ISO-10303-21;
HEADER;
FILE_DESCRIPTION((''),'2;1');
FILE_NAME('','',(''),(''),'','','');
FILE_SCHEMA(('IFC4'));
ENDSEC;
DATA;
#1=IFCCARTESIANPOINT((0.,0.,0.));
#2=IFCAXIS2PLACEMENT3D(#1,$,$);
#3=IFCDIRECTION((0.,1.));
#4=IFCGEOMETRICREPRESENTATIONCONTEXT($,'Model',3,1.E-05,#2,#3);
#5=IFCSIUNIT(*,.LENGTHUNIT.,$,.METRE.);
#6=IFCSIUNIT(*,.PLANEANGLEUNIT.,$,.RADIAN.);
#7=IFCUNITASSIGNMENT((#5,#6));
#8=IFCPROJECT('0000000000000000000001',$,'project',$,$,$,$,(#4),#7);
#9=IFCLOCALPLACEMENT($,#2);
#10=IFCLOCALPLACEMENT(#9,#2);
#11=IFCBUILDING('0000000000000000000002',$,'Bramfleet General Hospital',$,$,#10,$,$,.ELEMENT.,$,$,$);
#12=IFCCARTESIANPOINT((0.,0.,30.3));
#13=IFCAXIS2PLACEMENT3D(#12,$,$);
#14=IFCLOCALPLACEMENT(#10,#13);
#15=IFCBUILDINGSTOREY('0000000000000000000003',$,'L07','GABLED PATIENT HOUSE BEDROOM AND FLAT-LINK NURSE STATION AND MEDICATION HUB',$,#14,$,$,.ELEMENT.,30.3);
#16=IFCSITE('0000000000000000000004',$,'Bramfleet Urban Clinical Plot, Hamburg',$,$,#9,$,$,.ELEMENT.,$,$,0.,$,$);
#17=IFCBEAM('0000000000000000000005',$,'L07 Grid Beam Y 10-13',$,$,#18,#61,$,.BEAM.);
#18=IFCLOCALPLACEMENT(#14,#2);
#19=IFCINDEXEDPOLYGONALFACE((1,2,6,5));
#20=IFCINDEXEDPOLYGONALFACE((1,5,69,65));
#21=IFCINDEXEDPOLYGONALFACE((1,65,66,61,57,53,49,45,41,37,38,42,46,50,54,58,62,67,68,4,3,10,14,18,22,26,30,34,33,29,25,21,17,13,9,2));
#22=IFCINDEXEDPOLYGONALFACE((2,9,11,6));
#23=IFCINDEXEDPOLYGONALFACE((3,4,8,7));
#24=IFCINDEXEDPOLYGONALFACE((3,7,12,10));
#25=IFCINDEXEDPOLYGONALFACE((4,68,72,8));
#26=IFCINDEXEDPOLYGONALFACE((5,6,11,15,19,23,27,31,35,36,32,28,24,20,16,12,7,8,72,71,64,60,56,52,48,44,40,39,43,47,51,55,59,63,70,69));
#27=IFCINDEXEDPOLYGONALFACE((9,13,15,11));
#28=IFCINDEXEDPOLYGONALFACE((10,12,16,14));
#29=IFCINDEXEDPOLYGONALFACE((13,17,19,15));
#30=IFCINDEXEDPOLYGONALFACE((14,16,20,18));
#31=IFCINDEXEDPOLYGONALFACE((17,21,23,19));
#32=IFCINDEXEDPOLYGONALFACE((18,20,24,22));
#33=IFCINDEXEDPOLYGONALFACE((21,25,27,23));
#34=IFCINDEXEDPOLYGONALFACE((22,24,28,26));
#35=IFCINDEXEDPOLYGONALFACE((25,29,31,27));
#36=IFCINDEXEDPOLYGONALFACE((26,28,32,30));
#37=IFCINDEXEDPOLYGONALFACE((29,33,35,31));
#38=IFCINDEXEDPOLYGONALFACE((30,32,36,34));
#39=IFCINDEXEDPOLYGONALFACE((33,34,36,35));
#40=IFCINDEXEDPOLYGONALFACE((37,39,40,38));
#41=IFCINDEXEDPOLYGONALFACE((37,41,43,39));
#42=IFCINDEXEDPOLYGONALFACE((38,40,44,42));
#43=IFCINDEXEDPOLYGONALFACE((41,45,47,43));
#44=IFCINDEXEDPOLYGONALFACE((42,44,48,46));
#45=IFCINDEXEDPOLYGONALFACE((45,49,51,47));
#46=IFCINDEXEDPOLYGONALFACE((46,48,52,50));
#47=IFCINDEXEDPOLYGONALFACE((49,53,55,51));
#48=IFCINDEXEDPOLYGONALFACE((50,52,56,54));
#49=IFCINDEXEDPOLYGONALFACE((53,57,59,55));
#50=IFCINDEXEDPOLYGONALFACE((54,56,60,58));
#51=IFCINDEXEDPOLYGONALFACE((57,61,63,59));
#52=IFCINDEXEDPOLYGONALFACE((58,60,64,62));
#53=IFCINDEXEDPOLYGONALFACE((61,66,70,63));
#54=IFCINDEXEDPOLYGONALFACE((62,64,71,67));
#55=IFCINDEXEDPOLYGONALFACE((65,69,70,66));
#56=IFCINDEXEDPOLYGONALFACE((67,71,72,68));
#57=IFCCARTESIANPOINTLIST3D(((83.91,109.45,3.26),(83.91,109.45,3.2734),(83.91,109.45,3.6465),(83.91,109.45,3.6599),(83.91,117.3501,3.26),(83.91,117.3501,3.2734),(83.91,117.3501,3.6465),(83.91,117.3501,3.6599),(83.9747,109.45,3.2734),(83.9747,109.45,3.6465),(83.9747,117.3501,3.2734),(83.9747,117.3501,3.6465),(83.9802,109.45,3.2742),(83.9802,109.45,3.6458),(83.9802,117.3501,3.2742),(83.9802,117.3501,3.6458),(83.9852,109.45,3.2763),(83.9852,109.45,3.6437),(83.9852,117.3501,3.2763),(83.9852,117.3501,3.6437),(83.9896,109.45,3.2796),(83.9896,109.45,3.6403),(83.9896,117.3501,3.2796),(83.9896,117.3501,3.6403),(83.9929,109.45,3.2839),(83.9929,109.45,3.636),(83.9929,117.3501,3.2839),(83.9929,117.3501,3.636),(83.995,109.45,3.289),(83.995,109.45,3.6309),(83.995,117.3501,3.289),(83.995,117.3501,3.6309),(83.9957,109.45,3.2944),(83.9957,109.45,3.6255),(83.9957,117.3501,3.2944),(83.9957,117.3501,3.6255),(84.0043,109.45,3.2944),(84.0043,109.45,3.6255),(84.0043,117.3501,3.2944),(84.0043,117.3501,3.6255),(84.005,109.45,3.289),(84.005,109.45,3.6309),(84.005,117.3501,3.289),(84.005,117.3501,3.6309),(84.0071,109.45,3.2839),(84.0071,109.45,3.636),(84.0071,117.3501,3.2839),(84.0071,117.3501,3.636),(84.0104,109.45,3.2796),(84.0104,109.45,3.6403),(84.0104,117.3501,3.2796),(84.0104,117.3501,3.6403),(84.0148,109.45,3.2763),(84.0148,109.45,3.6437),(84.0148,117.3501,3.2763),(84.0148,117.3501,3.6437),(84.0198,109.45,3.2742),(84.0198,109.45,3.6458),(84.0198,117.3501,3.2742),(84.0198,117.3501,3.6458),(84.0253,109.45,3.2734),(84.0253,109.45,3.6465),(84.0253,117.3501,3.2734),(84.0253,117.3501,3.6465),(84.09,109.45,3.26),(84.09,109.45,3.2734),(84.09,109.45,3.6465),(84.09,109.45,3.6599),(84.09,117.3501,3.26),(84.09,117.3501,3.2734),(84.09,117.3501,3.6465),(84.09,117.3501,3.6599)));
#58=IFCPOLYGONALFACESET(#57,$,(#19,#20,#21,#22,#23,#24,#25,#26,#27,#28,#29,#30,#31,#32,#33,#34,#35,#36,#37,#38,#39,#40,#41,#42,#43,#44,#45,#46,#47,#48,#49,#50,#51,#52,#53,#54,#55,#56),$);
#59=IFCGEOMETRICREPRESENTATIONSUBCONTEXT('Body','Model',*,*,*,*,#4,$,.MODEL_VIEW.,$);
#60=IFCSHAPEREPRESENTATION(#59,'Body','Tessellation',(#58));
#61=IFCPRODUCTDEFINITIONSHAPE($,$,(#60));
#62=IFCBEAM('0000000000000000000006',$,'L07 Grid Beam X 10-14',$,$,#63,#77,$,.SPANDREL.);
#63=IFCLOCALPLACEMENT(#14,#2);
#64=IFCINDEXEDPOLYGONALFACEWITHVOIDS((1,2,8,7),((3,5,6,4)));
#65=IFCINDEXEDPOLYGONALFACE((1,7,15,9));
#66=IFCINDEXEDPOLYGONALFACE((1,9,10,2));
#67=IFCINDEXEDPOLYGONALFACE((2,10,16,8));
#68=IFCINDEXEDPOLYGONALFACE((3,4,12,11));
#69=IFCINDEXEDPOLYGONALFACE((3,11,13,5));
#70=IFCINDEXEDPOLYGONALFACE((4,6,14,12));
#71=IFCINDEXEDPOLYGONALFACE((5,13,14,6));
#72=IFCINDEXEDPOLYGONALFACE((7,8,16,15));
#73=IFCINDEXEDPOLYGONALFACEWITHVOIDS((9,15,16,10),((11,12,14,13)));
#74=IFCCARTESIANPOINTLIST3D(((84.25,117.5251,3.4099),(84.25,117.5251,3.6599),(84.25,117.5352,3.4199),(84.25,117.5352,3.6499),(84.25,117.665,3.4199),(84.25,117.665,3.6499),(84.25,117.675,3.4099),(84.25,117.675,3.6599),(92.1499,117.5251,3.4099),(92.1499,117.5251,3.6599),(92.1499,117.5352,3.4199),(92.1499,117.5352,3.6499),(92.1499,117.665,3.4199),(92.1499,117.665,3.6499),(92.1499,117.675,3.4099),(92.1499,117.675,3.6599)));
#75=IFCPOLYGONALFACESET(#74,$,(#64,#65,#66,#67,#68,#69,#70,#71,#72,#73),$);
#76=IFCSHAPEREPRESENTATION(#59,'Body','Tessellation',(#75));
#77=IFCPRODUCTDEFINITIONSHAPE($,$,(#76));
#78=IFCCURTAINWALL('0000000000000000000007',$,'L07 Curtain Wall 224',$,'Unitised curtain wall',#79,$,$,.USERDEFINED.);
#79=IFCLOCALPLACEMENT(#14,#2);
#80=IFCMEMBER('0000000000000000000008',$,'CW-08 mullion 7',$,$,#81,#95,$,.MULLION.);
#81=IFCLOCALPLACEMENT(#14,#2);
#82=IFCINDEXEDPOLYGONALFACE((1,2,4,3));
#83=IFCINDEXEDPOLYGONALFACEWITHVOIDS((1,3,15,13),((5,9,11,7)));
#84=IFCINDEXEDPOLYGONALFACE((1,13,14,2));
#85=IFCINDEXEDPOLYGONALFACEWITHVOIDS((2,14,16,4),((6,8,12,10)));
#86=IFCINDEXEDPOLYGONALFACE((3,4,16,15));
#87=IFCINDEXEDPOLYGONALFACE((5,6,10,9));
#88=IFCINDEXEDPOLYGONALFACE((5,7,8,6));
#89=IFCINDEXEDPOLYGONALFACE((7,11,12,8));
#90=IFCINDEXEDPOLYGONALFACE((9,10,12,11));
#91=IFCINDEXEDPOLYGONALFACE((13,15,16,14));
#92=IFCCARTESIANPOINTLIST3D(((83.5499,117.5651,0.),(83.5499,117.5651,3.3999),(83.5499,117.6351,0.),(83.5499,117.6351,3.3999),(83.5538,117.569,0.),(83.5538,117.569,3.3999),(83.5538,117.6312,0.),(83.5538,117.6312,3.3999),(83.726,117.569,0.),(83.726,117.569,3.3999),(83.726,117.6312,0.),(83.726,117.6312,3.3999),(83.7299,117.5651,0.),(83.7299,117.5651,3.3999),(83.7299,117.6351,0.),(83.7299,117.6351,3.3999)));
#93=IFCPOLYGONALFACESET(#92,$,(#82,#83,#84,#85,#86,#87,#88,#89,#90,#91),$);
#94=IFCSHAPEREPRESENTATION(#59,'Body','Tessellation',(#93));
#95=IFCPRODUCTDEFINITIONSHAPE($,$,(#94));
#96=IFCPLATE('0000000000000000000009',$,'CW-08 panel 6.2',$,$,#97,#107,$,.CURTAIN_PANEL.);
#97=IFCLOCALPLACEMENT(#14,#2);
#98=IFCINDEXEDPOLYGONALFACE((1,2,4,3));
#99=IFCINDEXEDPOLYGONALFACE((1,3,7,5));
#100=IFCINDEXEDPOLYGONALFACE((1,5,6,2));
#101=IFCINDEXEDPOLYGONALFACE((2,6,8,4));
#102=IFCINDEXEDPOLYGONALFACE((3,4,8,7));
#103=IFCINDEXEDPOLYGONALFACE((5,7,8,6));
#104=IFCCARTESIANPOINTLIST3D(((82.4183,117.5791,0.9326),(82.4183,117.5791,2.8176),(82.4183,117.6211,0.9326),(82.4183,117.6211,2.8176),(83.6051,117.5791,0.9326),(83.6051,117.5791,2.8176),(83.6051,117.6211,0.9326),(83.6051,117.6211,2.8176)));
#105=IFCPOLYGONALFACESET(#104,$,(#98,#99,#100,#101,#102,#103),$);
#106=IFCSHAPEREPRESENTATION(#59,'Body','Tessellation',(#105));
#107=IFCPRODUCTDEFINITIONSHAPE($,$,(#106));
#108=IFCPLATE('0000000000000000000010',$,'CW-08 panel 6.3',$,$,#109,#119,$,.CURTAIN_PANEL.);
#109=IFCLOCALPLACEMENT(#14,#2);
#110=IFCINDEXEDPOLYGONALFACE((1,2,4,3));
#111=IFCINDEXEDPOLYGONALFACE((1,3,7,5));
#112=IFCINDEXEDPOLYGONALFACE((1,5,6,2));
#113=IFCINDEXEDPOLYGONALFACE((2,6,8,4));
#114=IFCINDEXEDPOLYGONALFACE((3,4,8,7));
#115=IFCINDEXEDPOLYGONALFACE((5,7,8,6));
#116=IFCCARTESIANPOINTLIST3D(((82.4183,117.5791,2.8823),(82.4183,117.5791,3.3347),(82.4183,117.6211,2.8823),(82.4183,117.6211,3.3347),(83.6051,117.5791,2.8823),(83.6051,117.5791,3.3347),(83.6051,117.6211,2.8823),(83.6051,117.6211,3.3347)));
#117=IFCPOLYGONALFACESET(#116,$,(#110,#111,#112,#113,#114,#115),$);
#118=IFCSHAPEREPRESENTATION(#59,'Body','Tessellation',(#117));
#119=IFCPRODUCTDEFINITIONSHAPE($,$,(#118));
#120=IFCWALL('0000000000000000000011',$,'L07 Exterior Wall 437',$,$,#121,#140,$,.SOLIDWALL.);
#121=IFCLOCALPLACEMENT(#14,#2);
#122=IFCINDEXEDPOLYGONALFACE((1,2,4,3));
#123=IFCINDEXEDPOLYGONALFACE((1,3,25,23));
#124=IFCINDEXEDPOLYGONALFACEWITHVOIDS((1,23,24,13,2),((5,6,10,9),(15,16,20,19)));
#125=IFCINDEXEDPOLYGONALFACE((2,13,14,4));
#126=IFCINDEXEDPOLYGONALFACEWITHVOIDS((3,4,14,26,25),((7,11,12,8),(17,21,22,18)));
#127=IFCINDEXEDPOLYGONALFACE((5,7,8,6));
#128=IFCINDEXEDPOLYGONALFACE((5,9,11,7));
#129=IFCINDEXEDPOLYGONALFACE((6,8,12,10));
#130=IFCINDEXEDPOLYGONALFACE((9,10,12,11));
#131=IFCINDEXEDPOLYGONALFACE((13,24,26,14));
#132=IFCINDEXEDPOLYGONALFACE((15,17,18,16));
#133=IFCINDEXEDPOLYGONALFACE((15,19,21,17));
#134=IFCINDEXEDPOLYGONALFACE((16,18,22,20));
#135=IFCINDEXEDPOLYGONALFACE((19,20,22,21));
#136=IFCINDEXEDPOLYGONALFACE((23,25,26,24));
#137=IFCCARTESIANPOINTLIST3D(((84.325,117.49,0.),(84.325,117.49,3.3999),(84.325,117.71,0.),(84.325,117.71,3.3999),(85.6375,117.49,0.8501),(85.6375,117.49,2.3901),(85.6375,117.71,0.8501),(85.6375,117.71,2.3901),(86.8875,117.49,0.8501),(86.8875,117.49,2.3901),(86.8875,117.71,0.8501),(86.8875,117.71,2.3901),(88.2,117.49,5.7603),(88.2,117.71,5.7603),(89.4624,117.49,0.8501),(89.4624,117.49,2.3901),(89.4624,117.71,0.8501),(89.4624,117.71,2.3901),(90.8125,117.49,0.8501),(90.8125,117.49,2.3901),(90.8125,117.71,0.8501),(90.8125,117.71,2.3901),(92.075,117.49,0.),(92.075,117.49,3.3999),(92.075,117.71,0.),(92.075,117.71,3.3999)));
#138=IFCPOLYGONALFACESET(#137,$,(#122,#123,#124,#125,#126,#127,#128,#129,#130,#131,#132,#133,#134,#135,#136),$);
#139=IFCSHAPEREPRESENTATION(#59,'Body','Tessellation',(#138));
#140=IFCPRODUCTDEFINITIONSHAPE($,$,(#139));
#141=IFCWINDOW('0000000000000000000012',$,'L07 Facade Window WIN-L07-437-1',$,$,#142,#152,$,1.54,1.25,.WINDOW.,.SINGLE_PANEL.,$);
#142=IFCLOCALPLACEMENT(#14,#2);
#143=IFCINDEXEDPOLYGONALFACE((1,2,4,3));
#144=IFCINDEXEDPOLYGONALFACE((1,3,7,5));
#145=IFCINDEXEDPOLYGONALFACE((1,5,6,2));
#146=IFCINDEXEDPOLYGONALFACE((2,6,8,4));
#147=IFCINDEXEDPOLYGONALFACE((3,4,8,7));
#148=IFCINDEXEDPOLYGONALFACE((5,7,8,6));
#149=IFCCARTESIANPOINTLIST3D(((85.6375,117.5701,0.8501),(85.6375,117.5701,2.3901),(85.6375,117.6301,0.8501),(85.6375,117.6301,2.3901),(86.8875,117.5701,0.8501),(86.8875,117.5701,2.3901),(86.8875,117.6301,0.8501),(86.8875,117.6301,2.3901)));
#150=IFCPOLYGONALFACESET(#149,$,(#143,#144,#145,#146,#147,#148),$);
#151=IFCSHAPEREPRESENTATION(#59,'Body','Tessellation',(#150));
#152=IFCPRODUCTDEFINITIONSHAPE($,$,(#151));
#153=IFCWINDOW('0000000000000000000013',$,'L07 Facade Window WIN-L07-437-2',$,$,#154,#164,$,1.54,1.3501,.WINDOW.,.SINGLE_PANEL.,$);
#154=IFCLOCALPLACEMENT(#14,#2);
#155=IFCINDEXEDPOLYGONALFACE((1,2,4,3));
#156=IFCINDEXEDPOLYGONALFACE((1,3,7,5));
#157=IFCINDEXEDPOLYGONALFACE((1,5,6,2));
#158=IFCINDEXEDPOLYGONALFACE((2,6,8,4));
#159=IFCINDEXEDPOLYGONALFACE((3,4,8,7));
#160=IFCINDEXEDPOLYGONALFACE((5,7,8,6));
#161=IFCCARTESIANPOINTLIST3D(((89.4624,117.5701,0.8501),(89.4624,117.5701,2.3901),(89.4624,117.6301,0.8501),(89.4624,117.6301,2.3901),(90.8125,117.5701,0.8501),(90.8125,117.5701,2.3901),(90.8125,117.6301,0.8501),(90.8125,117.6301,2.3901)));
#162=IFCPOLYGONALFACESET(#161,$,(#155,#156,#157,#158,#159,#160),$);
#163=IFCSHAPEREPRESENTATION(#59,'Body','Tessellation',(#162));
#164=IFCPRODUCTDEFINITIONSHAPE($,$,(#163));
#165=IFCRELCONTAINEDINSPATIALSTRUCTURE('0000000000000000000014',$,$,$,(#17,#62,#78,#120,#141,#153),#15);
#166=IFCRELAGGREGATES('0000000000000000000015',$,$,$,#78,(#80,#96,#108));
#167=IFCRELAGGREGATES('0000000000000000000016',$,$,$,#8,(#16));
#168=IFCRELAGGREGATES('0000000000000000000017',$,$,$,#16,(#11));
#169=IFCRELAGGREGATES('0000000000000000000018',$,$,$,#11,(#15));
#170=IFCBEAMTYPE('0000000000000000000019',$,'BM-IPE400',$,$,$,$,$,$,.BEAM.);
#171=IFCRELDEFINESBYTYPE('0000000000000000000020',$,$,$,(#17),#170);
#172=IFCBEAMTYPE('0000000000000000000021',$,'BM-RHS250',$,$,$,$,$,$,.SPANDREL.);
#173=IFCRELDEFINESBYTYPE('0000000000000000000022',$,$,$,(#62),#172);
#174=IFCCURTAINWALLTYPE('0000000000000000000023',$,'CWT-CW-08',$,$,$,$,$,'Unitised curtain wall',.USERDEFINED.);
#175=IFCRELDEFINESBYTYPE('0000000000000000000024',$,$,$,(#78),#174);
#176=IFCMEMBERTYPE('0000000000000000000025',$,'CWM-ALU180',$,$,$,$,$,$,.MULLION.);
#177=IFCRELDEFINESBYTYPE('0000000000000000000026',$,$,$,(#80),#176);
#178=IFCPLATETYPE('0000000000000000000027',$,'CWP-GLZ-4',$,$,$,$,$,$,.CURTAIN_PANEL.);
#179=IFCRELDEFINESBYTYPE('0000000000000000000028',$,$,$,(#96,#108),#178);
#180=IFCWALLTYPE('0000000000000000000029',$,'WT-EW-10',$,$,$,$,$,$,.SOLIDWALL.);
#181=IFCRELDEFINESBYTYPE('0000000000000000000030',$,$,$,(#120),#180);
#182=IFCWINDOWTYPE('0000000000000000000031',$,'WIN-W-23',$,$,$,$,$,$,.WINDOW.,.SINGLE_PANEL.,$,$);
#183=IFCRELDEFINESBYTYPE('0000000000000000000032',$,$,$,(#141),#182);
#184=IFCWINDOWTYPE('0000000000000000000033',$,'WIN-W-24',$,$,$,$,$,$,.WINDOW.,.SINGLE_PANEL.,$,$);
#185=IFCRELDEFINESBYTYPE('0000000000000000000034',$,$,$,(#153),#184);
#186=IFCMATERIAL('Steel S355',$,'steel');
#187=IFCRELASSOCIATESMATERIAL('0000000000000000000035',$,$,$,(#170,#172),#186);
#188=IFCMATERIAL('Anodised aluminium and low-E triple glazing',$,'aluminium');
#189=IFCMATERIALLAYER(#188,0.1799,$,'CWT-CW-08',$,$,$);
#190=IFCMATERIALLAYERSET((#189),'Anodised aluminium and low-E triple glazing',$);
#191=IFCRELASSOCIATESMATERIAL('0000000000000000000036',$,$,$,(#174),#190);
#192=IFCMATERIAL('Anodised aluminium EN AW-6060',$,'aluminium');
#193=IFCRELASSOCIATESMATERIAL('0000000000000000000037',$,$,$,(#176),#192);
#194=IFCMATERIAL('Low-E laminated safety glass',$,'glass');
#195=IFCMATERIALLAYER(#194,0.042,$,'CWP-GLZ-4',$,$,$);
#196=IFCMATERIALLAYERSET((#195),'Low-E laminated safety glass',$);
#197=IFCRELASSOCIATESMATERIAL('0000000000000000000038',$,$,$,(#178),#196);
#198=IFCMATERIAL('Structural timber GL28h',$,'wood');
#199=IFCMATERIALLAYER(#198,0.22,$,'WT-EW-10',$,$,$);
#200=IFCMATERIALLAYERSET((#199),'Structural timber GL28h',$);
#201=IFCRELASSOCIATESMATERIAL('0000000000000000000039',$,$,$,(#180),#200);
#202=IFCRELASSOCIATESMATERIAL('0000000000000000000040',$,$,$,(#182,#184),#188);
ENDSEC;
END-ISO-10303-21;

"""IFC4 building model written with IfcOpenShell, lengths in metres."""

from ifc_helpers import new_model, si_unit, direction, frame, frame_2d, origin, origin_2d, place, context, subcontext, project, spatial, polyline, rectangle, hollow_rectangle, i_section, outline, extrude, material, layer, layer_set, material_profile, profile_set, type_object, element, fill, aggregate, save


model = new_model("IFC4")

# Units and contexts
model_context = context("Model", 3, precision=1e-05, world=origin(), true_north=direction((0.0, 1.0)))
body_context = subcontext(model_context, "Body", "Model", "MODEL_VIEW")
ifc_project = project(units=[si_unit("LENGTHUNIT", "METRE"), si_unit("PLANEANGLEUNIT", "RADIAN")], contexts=[model_context])

# Site, building, storey
site_placement = place(None, origin())
site = spatial("IfcSite", under=ifc_project, at=site_placement, Name="Bramfleet Urban Clinical Plot, Hamburg", CompositionType="ELEMENT", RefElevation=0.0)
building_placement = place(site_placement, origin())
building = spatial("IfcBuilding", under=site, at=building_placement, Name="Bramfleet General Hospital", CompositionType="ELEMENT")
storey_placement = place(building_placement, frame((0.0, 0.0, 30.3)))
storey = spatial("IfcBuildingStorey", under=building, at=storey_placement, Name="L07", Description="GABLED PATIENT HOUSE BEDROOM AND FLAT-LINK NURSE STATION AND MEDICATION HUB", CompositionType="ELEMENT", Elevation=30.3)

# Beams
ifc_material_1 = material(Name="Steel S355", Category="steel")
ifc_material_profile_1 = material_profile(ifc_material_1, i_section(OverallWidth=0.1799, OverallDepth=0.3999, WebThickness=0.0085, FlangeThickness=0.0134, FilletRadius=0.021, at=origin_2d()), Name="IPE 400")
ifc_profile_set_1 = profile_set([ifc_material_profile_1], Name="Steel S355")
beam_type_1 = type_object("IfcBeamType", Name="BM-IPE400", PredefinedType="BEAM", material=ifc_profile_set_1)
beam_1_placement = place(storey_placement, frame((84.0, 109.45, 3.46), z_axis=(0.0, 1.0, 0.0), x_axis=(-1.0, 0.0, 0.0)))
element("IfcBeam", 1, at=beam_1_placement, inside=storey, type_object=beam_type_1, Name="L07 Grid Beam Y 10-13", PredefinedType="BEAM", context=body_context, shape_type="SweptSolid", body=[
    extrude(i_section(OverallWidth=0.1799, OverallDepth=0.3999, WebThickness=0.0085, FlangeThickness=0.0134, FilletRadius=0.021, at=origin_2d()), origin(), (0.0, 0.0, 1.0), 7.9001),
])
ifc_material_profile_2 = material_profile(ifc_material_1, hollow_rectangle(XDim=0.1499, YDim=0.25, WallThickness=0.01, at=origin_2d()), Name="RHS 250x150x10.0")
ifc_profile_set_2 = profile_set([ifc_material_profile_2], Name="Steel S355")
beam_type_2 = type_object("IfcBeamType", Name="BM-RHS250", PredefinedType="SPANDREL", material=ifc_profile_set_2)
beam_2_placement = place(storey_placement, frame((84.25, 117.6001, 3.5349), z_axis=(1.0, 0.0, 0.0), x_axis=(0.0, 1.0, 0.0)))
element("IfcBeam", 2, at=beam_2_placement, inside=storey, type_object=beam_type_2, Name="L07 Grid Beam X 10-14", PredefinedType="SPANDREL", context=body_context, shape_type="SweptSolid", body=[
    extrude(hollow_rectangle(XDim=0.1499, YDim=0.25, WallThickness=0.01, at=origin_2d()), origin(), (0.0, 0.0, 1.0), 7.8999),
])

# Curtain wall, member, plates
ifc_material_2 = material(Name="Anodised aluminium and low-E triple glazing", Category="aluminium")
ifc_layer_1 = layer(ifc_material_2, 0.1799, Name="CWT-CW-08")
ifc_layer_set_1 = layer_set([ifc_layer_1], Name="Anodised aluminium and low-E triple glazing")
curtain_wall_type = type_object("IfcCurtainWallType", Name="CWT-CW-08", ElementType="Unitised curtain wall", PredefinedType="USERDEFINED", material=ifc_layer_set_1)
curtain_wall_placement = place(storey_placement, origin())
curtain_wall = element("IfcCurtainWall", 3, at=curtain_wall_placement, inside=storey, type_object=curtain_wall_type, Name="L07 Curtain Wall 224", ObjectType="Unitised curtain wall", PredefinedType="USERDEFINED")
ifc_material_3 = material(Name="Anodised aluminium EN AW-6060", Category="aluminium")
ifc_material_profile_3 = material_profile(ifc_material_3, hollow_rectangle(XDim=0.0701, YDim=0.1799, WallThickness=0.0039, at=origin_2d()), Name="ALU 180x70x4.0")
ifc_profile_set_3 = profile_set([ifc_material_profile_3], Name="Anodised aluminium EN AW-6060")
member_type = type_object("IfcMemberType", Name="CWM-ALU180", PredefinedType="MULLION", material=ifc_profile_set_3)
member_placement = place(storey_placement, frame((83.6399, 117.6001, 0.0), z_axis=(0.0, 0.0, 1.0), x_axis=(0.0, 1.0, 0.0)))
member = element("IfcMember", 4, at=member_placement, type_object=member_type, Name="CW-08 mullion 7", PredefinedType="MULLION", context=body_context, shape_type="SweptSolid", body=[
    extrude(hollow_rectangle(XDim=0.0701, YDim=0.1799, WallThickness=0.0039, at=origin_2d()), origin(), (0.0, 0.0, 1.0), 3.3999),
])
ifc_material_4 = material(Name="Low-E laminated safety glass", Category="glass")
ifc_layer_2 = layer(ifc_material_4, 0.042, Name="CWP-GLZ-4")
ifc_layer_set_2 = layer_set([ifc_layer_2], Name="Low-E laminated safety glass")
plate_type = type_object("IfcPlateType", Name="CWP-GLZ-4", PredefinedType="CURTAIN_PANEL", material=ifc_layer_set_2)
plate_1_placement = place(storey_placement, frame((83.0117, 117.6001, 0.9326), z_axis=(0.0, 0.0, 1.0), x_axis=(1.0, 0.0, 0.0)))
plate_1 = element("IfcPlate", 5, at=plate_1_placement, type_object=plate_type, Name="CW-08 panel 6.2", PredefinedType="CURTAIN_PANEL", context=body_context, shape_type="SweptSolid", body=[
    extrude(rectangle(XDim=1.1868, YDim=0.042, at=origin_2d()), origin(), (0.0, 0.0, 1.0), 1.885),
])
plate_2_placement = place(storey_placement, frame((83.0117, 117.6001, 2.8823), z_axis=(0.0, 0.0, 1.0), x_axis=(1.0, 0.0, 0.0)))
plate_2 = element("IfcPlate", 6, at=plate_2_placement, type_object=plate_type, Name="CW-08 panel 6.3", PredefinedType="CURTAIN_PANEL", context=body_context, shape_type="SweptSolid", body=[
    extrude(rectangle(XDim=1.1868, YDim=0.042, at=origin_2d()), origin(), (0.0, 0.0, 1.0), 0.4524),
])
aggregate(curtain_wall, [member, plate_1, plate_2])

# Wall, openings, windows
ifc_material_5 = material(Name="Structural timber GL28h", Category="wood")
ifc_layer_3 = layer(ifc_material_5, 0.22, Name="WT-EW-10")
ifc_layer_set_3 = layer_set([ifc_layer_3], Name="Structural timber GL28h")
wall_type_1 = type_object("IfcWallType", Name="WT-EW-10", PredefinedType="SOLIDWALL", material=ifc_layer_set_3)
wall_1_placement = place(storey_placement, frame((84.325, 117.6001, 0.0), z_axis=(0.0, 0.0, 1.0), x_axis=(1.0, 0.0, 0.0)))
wall_1 = element("IfcWall", 7, at=wall_1_placement, inside=storey, type_object=wall_type_1, Name="L07 Exterior Wall 437", PredefinedType="SOLIDWALL", context=body_context, shape_type="SweptSolid", body=[
    extrude(outline(polyline([(0.0, 0.0), (7.75, 0.0), (7.75, 3.3999), (3.875, 5.7603), (0.0, 3.3999), (0.0, 0.0)])), frame((0.0, 0.1099, 0.0), z_axis=(0.0, -1.0, 0.0), x_axis=(1.0, 0.0, 0.0)), (0.0, 0.0, 1.0), 0.22),
])
opening_1_placement = place(wall_1_placement, frame((1.3125, 0.0, 0.8501)))
opening_1 = element("IfcOpeningElement", 8, at=opening_1_placement, cuts=wall_1, PredefinedType="OPENING", context=body_context, shape_type="SweptSolid", body=[
    extrude(rectangle(XDim=1.25, YDim=1.54, at=frame_2d((0.625, 0.77))), frame((0.0, 0.1199, 0.0), z_axis=(0.0, -1.0, 0.0), x_axis=(1.0, 0.0, 0.0)), (0.0, 0.0, 1.0), 0.24),
])
opening_2_placement = place(wall_1_placement, frame((5.1375, 0.0, 0.8501)))
opening_2 = element("IfcOpeningElement", 9, at=opening_2_placement, cuts=wall_1, PredefinedType="OPENING", context=body_context, shape_type="SweptSolid", body=[
    extrude(rectangle(XDim=1.3501, YDim=1.54, at=frame_2d((0.675, 0.77))), frame((0.0, 0.1199, 0.0), z_axis=(0.0, -1.0, 0.0), x_axis=(1.0, 0.0, 0.0)), (0.0, 0.0, 1.0), 0.24),
])
window_type_1 = type_object("IfcWindowType", Name="WIN-W-23", PartitioningType="SINGLE_PANEL", PredefinedType="WINDOW", material=ifc_material_2)
window_1_placement = place(opening_1_placement, origin())
window_1 = element("IfcWindow", 10, at=window_1_placement, inside=storey, type_object=window_type_1, Name="L07 Facade Window WIN-L07-437-1", OverallHeight=1.54, OverallWidth=1.25, PartitioningType="SINGLE_PANEL", PredefinedType="WINDOW", context=body_context, shape_type="SweptSolid", body=[
    extrude(rectangle(XDim=1.25, YDim=1.54, at=frame_2d((0.625, 0.77))), frame((0.0, 0.03, 0.0), z_axis=(0.0, -1.0, 0.0), x_axis=(1.0, 0.0, 0.0)), (0.0, 0.0, 1.0), 0.0601),
])
fill(opening_1, window_1)
window_type_2 = type_object("IfcWindowType", Name="WIN-W-24", PartitioningType="SINGLE_PANEL", PredefinedType="WINDOW", material=ifc_material_2)
window_2_placement = place(opening_2_placement, origin())
window_2 = element("IfcWindow", 11, at=window_2_placement, inside=storey, type_object=window_type_2, Name="L07 Facade Window WIN-L07-437-2", OverallHeight=1.54, OverallWidth=1.3501, PartitioningType="SINGLE_PANEL", PredefinedType="WINDOW", context=body_context, shape_type="SweptSolid", body=[
    extrude(rectangle(XDim=1.3501, YDim=1.54, at=frame_2d((0.675, 0.77))), frame((0.0, 0.03, 0.0), z_axis=(0.0, -1.0, 0.0), x_axis=(1.0, 0.0, 0.0)), (0.0, 0.0, 1.0), 0.0601),
])
fill(opening_2, window_2)

save(model, "model.ifc")
